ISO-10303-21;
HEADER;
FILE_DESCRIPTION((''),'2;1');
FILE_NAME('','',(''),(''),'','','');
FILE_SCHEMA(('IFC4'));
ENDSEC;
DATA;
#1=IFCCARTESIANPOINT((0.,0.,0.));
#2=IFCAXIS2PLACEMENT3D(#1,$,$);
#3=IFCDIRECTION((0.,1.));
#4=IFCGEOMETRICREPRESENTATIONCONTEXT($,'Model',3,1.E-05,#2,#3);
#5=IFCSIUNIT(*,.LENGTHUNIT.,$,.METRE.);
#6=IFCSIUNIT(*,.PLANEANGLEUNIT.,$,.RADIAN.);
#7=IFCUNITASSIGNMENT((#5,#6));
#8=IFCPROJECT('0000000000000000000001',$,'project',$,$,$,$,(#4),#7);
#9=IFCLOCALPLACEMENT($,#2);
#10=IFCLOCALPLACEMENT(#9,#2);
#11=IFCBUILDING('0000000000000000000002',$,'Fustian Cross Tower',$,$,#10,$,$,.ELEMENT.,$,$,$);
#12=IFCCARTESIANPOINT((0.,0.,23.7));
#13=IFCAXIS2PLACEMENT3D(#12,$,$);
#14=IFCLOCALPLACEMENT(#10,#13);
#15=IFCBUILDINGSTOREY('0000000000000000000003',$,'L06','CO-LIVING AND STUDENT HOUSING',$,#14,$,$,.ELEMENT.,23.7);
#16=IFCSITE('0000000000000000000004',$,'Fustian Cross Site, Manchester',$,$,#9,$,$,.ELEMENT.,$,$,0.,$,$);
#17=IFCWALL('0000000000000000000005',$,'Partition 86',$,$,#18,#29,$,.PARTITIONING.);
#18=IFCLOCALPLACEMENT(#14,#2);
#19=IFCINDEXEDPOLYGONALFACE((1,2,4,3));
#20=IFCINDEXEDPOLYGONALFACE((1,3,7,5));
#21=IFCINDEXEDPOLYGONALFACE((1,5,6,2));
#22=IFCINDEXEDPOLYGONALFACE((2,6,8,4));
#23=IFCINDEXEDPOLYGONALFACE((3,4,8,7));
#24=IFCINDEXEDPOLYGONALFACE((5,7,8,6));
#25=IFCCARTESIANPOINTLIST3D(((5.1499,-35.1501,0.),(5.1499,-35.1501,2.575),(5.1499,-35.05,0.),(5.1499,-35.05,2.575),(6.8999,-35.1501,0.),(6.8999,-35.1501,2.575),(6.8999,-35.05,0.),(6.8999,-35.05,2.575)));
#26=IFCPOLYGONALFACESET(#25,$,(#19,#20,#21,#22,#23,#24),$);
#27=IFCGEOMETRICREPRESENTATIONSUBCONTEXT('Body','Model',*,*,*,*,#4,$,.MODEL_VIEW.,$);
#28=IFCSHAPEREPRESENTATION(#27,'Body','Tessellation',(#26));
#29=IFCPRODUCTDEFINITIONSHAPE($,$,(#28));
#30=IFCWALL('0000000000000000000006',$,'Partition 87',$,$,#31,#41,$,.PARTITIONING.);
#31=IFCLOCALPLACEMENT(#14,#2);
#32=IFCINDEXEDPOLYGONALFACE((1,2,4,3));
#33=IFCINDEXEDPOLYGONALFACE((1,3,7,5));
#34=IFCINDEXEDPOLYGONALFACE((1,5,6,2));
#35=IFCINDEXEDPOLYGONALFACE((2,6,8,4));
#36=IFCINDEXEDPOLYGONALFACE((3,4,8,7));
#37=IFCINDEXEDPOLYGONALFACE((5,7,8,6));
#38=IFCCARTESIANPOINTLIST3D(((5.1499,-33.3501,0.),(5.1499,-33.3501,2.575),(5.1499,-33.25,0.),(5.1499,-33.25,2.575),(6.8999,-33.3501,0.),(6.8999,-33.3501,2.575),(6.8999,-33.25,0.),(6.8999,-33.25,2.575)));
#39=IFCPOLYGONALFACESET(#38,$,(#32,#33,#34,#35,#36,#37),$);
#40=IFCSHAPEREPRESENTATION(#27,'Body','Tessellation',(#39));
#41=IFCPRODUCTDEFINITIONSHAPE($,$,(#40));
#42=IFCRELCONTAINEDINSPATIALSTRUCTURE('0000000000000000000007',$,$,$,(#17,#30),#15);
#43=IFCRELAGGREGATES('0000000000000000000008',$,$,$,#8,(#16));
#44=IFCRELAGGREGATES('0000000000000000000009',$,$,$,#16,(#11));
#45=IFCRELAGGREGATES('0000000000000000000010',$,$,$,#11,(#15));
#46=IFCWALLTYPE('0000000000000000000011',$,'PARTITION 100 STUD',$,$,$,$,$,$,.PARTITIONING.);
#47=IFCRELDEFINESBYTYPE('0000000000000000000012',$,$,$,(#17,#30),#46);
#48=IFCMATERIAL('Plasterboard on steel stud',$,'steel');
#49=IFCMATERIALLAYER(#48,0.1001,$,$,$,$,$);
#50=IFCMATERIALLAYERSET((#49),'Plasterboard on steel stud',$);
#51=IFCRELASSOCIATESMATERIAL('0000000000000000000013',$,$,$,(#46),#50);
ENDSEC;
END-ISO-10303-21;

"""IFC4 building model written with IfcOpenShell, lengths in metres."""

from ifc_helpers import new_model, si_unit, direction, frame, frame_2d, origin, place, context, subcontext, project, spatial, rectangle, extrude, material, layer, layer_set, type_object, element, save


model = new_model("IFC4")

# Units and contexts
model_context = context("Model", 3, precision=1e-05, world=origin(), true_north=direction((0.0, 1.0)))
body_context = subcontext(model_context, "Body", "Model", "MODEL_VIEW")
ifc_project = project(units=[si_unit("LENGTHUNIT", "METRE"), si_unit("PLANEANGLEUNIT", "RADIAN")], contexts=[model_context])

# Site, building, storey
site_placement = place(None, origin())
site = spatial("IfcSite", under=ifc_project, at=site_placement, Name="Fustian Cross Site, Manchester", CompositionType="ELEMENT", RefElevation=0.0)
building_placement = place(site_placement, origin())
building = spatial("IfcBuilding", under=site, at=building_placement, Name="Fustian Cross Tower", CompositionType="ELEMENT")
storey_placement = place(building_placement, frame((0.0, 0.0, 23.7)))
storey = spatial("IfcBuildingStorey", under=building, at=storey_placement, Name="L06", Description="CO-LIVING AND STUDENT HOUSING", CompositionType="ELEMENT", Elevation=23.7)

# Shared definitions
ifc_material_1 = material(Name="Plasterboard on steel stud", Category="steel")
ifc_layer = layer(ifc_material_1, 0.1001)
ifc_layer_set = layer_set([ifc_layer], Name="Plasterboard on steel stud")
wall_type = type_object("IfcWallType", Name="PARTITION 100 STUD", PredefinedType="PARTITIONING", material=ifc_layer_set)

# Walls
for number, where, z_axis, x_axis, name in (
    (1, (5.1499, -35.1001, 0.0), (0.0, 0.0, 1.0), (1.0, 0.0, 0.0), "Partition 86"),
    (2, (5.1499, -33.3, 0.0), (0.0, 0.0, 1.0), (1.0, 0.0, 0.0), "Partition 87"),
):
    element("IfcWall", number, at=place(storey_placement, frame(where, z_axis=z_axis, x_axis=x_axis)), inside=storey, type_object=wall_type, Name=name, PredefinedType="PARTITIONING", context=body_context, shape_type="SweptSolid", body=[
        extrude(rectangle(XDim=1.75, YDim=0.1001, at=frame_2d((0.875, 0.0))), origin(), (0.0, 0.0, 1.0), 2.575),
    ])

save(model, "model.ifc")
